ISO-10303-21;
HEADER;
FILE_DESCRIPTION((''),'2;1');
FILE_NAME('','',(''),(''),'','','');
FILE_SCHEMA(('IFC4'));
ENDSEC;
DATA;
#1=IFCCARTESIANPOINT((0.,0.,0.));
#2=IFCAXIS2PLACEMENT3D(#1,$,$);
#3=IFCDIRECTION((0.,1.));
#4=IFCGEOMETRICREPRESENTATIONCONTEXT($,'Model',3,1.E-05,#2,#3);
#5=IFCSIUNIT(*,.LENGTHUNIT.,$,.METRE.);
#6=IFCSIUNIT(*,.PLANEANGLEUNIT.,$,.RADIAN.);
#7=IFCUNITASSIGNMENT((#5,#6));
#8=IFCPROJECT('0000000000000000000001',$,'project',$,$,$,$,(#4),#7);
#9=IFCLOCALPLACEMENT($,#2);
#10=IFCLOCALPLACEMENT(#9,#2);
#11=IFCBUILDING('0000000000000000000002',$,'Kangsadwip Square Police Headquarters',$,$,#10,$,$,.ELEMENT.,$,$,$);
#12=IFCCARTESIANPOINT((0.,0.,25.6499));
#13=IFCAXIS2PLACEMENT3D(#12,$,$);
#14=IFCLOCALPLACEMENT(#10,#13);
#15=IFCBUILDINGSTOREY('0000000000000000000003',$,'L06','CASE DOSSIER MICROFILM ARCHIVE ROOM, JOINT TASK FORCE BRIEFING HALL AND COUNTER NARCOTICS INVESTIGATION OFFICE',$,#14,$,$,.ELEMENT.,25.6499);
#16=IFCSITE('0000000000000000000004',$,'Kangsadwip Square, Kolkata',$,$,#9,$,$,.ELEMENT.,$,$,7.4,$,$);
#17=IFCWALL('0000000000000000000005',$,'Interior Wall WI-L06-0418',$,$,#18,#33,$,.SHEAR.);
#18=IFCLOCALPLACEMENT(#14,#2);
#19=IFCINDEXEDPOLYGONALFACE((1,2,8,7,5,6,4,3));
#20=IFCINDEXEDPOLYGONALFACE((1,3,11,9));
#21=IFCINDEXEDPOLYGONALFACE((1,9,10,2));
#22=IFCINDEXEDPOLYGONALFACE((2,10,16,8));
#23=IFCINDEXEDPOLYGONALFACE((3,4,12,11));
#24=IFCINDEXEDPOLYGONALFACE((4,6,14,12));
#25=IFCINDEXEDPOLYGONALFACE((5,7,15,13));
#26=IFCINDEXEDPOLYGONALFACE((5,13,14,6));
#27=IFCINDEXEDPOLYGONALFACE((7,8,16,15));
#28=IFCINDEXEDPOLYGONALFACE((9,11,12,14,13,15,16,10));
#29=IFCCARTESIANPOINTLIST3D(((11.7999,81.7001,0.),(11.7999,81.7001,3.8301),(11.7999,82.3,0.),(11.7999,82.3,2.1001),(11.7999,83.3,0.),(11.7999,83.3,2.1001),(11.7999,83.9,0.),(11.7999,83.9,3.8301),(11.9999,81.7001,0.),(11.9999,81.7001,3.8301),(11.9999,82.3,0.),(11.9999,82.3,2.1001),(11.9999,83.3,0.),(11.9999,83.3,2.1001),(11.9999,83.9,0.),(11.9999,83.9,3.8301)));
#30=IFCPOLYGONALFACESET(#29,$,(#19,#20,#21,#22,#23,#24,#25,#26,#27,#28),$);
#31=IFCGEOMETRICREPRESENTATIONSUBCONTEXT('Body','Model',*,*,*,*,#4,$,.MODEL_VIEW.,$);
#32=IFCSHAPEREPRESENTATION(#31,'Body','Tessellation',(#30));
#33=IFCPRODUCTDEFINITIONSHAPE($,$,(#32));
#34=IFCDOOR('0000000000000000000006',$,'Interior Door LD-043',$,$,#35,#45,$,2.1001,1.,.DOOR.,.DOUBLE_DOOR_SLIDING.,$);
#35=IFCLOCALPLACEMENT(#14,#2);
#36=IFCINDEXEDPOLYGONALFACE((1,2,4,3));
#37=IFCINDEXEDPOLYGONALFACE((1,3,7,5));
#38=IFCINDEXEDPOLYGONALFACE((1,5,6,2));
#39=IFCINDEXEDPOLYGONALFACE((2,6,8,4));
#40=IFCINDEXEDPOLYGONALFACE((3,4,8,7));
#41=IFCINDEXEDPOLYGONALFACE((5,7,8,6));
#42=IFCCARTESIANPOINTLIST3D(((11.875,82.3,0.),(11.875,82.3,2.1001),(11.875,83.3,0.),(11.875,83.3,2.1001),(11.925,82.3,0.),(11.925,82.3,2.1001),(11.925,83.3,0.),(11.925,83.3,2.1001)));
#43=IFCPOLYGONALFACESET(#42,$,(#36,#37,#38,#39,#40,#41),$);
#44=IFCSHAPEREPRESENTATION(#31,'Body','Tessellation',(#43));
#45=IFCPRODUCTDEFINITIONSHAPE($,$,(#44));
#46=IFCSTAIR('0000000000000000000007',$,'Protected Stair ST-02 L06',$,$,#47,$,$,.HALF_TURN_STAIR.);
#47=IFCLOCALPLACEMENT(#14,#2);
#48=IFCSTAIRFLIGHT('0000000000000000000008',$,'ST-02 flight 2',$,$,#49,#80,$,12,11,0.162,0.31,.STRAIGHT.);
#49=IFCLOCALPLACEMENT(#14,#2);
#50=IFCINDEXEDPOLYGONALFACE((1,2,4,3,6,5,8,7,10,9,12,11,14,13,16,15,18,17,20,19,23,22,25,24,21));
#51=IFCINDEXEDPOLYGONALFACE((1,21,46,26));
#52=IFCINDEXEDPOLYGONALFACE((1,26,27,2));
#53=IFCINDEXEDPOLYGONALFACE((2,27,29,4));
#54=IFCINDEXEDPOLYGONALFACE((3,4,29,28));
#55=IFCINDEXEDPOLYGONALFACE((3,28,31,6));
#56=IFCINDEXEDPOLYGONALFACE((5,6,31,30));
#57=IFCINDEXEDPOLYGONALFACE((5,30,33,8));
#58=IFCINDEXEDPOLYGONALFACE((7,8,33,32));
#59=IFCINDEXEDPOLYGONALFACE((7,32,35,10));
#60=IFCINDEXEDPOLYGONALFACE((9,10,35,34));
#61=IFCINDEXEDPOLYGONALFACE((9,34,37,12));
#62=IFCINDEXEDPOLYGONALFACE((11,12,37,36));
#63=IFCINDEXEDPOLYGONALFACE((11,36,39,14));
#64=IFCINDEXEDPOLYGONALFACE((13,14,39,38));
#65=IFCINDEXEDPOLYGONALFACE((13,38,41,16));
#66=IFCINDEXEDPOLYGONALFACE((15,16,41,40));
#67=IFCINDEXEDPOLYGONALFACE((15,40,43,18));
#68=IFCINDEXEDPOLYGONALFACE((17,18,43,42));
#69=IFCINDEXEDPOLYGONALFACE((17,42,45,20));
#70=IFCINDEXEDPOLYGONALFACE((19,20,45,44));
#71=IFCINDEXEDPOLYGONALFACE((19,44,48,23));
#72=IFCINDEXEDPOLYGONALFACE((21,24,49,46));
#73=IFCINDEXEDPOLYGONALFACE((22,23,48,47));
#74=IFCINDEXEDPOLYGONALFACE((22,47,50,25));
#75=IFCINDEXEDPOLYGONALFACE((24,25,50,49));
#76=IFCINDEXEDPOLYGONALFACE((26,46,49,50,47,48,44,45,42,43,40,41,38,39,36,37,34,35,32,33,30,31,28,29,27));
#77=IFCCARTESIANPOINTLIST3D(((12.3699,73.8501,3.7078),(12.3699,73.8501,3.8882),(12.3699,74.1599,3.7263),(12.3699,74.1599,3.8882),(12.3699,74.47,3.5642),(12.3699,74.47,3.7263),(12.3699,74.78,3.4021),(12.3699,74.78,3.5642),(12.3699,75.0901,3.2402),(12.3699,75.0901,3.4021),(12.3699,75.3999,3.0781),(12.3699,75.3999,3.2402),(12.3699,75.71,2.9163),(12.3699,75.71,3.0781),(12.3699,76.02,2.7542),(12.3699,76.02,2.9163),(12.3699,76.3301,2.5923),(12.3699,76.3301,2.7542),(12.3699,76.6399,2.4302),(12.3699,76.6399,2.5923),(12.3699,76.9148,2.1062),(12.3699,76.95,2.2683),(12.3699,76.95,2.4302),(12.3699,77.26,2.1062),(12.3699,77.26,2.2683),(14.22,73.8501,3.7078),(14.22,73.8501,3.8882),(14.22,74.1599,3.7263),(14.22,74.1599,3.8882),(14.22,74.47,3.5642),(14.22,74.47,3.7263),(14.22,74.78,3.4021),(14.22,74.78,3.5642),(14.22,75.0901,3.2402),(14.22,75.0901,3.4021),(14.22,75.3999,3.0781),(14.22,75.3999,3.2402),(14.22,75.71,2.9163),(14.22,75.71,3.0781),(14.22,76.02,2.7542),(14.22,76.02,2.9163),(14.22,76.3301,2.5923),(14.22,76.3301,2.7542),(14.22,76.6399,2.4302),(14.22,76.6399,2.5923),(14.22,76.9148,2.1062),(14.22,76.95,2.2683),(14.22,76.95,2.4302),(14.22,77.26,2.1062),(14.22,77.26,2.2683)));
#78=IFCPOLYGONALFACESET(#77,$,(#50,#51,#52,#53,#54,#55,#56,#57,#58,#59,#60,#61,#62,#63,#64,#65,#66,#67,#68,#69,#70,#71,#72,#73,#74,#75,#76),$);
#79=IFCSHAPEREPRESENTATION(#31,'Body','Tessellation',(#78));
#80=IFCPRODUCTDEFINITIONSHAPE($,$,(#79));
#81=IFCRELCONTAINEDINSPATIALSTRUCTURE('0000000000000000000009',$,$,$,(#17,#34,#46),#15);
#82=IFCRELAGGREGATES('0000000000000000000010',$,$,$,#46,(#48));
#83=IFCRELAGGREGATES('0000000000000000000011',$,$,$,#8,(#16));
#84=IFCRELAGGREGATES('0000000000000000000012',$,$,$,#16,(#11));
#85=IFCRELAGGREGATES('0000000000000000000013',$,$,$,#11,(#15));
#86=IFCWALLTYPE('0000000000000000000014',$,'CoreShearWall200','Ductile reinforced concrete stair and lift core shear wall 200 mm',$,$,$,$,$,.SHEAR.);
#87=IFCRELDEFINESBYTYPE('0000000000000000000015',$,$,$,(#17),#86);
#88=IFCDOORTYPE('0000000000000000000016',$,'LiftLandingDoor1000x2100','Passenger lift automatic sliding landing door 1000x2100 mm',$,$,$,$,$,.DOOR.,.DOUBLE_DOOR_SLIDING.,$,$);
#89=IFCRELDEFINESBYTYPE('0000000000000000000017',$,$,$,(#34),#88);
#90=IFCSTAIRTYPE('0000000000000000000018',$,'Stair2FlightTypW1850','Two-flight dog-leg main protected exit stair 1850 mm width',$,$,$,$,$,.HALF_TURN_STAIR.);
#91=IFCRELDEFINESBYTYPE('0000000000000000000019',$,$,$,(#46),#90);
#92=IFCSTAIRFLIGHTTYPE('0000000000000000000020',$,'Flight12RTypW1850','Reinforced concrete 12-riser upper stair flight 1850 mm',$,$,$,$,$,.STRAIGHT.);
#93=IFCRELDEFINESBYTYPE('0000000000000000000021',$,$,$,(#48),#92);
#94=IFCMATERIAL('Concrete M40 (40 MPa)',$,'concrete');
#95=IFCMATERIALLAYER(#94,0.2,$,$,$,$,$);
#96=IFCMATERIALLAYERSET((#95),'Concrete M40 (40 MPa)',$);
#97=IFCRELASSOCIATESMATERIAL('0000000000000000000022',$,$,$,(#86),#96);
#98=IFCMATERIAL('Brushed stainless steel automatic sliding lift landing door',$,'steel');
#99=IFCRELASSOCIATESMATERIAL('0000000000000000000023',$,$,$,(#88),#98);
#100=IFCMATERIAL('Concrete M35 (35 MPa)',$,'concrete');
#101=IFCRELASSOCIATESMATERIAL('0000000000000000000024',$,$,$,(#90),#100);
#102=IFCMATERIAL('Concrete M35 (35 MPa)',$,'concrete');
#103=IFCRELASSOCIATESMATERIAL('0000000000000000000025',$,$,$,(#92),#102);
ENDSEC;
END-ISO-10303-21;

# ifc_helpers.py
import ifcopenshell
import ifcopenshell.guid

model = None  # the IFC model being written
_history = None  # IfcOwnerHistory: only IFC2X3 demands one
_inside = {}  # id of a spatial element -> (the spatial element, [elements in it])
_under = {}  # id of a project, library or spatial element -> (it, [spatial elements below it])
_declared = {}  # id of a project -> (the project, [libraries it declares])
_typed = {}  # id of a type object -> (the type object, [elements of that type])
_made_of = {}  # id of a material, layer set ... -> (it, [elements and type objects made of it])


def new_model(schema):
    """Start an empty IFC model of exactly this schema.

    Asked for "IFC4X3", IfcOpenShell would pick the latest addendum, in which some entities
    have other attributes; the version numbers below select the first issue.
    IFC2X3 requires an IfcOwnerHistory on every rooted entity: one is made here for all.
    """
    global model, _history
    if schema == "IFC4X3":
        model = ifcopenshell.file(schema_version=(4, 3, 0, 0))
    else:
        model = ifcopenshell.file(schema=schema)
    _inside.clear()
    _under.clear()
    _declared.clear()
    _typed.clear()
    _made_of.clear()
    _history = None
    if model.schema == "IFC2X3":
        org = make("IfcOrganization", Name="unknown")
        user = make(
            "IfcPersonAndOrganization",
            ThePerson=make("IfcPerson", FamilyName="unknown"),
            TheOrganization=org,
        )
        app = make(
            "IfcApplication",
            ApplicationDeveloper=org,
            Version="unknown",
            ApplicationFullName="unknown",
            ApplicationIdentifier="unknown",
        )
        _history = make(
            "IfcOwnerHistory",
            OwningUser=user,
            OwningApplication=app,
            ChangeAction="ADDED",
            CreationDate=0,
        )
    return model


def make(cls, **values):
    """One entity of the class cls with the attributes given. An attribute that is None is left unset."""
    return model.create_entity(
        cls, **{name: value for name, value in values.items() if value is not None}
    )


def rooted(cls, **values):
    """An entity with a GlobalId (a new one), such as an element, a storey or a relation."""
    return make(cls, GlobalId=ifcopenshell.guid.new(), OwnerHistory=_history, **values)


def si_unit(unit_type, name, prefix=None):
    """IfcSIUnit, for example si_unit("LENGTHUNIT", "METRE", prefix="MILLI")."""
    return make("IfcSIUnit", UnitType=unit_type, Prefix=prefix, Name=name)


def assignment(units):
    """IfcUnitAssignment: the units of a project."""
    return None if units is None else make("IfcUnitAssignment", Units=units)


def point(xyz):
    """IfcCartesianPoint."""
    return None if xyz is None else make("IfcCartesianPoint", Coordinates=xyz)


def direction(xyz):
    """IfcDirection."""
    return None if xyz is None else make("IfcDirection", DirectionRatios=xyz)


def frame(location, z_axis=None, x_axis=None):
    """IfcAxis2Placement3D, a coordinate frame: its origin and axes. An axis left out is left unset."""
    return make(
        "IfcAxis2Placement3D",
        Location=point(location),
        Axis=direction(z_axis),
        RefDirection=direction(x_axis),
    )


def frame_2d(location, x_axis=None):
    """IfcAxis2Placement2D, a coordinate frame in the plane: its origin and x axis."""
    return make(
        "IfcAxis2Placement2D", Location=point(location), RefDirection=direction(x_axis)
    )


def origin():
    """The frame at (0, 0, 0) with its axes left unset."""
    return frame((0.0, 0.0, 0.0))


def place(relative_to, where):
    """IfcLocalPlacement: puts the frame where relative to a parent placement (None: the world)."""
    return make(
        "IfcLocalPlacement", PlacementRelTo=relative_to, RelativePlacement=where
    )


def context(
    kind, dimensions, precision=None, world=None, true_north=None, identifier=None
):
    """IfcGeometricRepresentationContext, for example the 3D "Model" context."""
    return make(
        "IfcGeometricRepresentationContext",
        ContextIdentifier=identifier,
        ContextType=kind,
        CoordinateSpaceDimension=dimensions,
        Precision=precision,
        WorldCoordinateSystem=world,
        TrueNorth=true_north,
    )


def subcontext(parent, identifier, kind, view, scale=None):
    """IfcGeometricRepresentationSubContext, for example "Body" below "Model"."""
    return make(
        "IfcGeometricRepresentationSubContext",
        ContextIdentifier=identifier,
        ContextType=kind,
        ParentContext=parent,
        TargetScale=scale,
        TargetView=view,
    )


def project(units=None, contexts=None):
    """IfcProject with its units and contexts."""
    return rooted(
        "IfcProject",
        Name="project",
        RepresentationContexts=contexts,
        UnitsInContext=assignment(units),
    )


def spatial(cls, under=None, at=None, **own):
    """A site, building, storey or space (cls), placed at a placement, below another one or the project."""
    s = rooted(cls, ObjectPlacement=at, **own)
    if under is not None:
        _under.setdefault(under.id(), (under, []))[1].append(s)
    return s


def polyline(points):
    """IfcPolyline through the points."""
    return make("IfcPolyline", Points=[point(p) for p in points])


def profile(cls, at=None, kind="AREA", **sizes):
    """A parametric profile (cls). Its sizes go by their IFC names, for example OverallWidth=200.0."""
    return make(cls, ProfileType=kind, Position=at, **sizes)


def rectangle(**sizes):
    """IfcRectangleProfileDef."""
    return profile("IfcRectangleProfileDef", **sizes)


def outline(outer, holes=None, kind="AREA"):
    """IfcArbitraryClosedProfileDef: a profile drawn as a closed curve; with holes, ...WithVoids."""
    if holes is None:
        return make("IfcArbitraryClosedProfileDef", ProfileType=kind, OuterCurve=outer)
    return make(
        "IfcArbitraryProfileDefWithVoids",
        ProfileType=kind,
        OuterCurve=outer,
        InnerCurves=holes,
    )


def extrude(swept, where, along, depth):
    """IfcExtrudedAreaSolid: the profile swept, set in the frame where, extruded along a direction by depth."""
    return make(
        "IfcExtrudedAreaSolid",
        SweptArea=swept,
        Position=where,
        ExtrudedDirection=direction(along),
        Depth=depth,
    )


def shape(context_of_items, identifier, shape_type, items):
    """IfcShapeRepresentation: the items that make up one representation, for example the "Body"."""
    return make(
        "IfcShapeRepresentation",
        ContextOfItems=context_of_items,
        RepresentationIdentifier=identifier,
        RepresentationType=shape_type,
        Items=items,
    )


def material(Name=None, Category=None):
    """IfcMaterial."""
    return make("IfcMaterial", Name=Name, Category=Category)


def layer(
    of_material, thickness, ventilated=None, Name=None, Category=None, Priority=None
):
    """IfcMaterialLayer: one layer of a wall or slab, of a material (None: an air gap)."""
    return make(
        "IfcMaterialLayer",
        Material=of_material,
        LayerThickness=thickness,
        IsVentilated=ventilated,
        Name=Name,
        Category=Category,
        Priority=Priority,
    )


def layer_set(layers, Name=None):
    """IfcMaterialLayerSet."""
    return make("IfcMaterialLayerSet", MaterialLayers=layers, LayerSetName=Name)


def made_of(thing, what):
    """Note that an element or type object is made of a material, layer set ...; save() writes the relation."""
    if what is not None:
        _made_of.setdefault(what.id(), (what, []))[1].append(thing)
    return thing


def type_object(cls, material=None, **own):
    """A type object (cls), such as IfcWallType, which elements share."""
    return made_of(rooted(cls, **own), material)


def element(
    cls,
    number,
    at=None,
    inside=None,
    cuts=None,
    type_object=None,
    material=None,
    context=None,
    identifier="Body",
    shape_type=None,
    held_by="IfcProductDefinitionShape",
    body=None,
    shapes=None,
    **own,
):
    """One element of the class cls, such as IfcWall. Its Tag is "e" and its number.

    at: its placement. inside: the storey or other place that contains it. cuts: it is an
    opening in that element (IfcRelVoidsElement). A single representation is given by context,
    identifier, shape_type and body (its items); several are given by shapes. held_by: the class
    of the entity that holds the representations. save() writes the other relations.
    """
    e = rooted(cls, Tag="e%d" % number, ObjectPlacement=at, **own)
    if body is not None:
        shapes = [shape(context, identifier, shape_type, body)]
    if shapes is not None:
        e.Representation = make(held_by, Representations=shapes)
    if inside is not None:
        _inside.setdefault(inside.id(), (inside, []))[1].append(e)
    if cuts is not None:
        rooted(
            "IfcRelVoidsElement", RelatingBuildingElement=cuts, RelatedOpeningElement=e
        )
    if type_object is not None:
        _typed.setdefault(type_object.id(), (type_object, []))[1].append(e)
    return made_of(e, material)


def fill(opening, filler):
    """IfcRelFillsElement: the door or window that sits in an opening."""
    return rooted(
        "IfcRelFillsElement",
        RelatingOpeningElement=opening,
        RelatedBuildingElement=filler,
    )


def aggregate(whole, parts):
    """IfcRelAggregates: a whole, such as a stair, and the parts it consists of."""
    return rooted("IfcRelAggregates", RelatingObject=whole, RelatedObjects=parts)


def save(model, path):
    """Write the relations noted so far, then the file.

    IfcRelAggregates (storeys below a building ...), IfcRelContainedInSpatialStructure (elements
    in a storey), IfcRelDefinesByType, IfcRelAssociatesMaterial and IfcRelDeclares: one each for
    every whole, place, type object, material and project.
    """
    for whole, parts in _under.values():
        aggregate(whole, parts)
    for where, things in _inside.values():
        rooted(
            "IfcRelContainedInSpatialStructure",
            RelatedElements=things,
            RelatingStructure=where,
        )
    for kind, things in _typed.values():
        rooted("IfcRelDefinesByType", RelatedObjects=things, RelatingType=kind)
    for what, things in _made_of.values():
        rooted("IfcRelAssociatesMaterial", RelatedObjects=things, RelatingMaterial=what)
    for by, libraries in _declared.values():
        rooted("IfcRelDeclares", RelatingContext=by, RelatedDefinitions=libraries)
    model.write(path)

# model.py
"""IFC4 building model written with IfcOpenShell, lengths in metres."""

from ifc_helpers import new_model, si_unit, direction, frame, frame_2d, origin, place, context, subcontext, project, spatial, polyline, rectangle, outline, extrude, material, layer, layer_set, type_object, element, fill, aggregate, save


model = new_model("IFC4")

# Units and contexts
model_context = context("Model", 3, precision=1e-05, world=origin(), true_north=direction((0.0, 1.0)))
body_context = subcontext(model_context, "Body", "Model", "MODEL_VIEW")
ifc_project = project(units=[si_unit("LENGTHUNIT", "METRE"), si_unit("PLANEANGLEUNIT", "RADIAN")], contexts=[model_context])

# Site, building, storey
site_placement = place(None, origin())
site = spatial("IfcSite", under=ifc_project, at=site_placement, Name="Kangsadwip Square, Kolkata", CompositionType="ELEMENT", RefElevation=7.4)
building_placement = place(site_placement, origin())
building = spatial("IfcBuilding", under=site, at=building_placement, Name="Kangsadwip Square Police Headquarters", CompositionType="ELEMENT")
storey_placement = place(building_placement, frame((0.0, 0.0, 25.6499)))
storey = spatial("IfcBuildingStorey", under=building, at=storey_placement, Name="L06", Description="CASE DOSSIER MICROFILM ARCHIVE ROOM, JOINT TASK FORCE BRIEFING HALL AND COUNTER NARCOTICS INVESTIGATION OFFICE", CompositionType="ELEMENT", Elevation=25.6499)

# Shared definitions
ifc_material_1 = material(Name="Concrete M40 (40 MPa)", Category="concrete")
ifc_layer_1 = layer(ifc_material_1, 0.2)
ifc_layer_set_1 = layer_set([ifc_layer_1], Name="Concrete M40 (40 MPa)")
wall_type_1 = type_object("IfcWallType", Name="CoreShearWall200", Description="Ductile reinforced concrete stair and lift core shear wall 200 mm", PredefinedType="SHEAR", material=ifc_layer_set_1)

# Wall, opening, door
wall_1_placement = place(storey_placement, frame((11.8999, 81.7, 0.0), z_axis=(0.0, 0.0, 1.0), x_axis=(0.0, 1.0, 0.0)))
wall_1 = element("IfcWall", 1, at=wall_1_placement, inside=storey, type_object=wall_type_1, Name="Interior Wall WI-L06-0418", PredefinedType="SHEAR", context=body_context, shape_type="SweptSolid", body=[
    extrude(rectangle(XDim=2.2, YDim=0.2, at=frame_2d((1.1001, 0.0))), origin(), (0.0, 0.0, 1.0), 3.8301),
])
opening_1_placement = place(wall_1_placement, frame((0.6001, 0.0, 0.0)))
opening_1 = element("IfcOpeningElement", 2, at=opening_1_placement, cuts=wall_1, PredefinedType="OPENING", context=body_context, shape_type="SweptSolid", body=[
    extrude(rectangle(XDim=1.0, YDim=2.1001, at=frame_2d((0.5, 1.05))), frame((0.0, 0.1099, 0.0), z_axis=(0.0, -1.0, 0.0), x_axis=(1.0, 0.0, 0.0)), (0.0, 0.0, 1.0), 0.22),
])
ifc_material_2 = material(Name="Brushed stainless steel automatic sliding lift landing door", Category="steel")
door_type = type_object("IfcDoorType", Name="LiftLandingDoor1000x2100", Description="Passenger lift automatic sliding landing door 1000x2100 mm", OperationType="DOUBLE_DOOR_SLIDING", PredefinedType="DOOR", material=ifc_material_2)
door_placement = place(opening_1_placement, origin())
door = element("IfcDoor", 3, at=door_placement, inside=storey, type_object=door_type, Name="Interior Door LD-043", OperationType="DOUBLE_DOOR_SLIDING", OverallHeight=2.1001, OverallWidth=1.0, PredefinedType="DOOR", context=body_context, shape_type="SweptSolid", body=[
    extrude(rectangle(XDim=1.0, YDim=2.1001, at=frame_2d((0.5, 1.05))), frame((0.0, 0.0249, 0.0), z_axis=(0.0, -1.0, 0.0), x_axis=(1.0, 0.0, 0.0)), (0.0, 0.0, 1.0), 0.05),
])
fill(opening_1, door)

# Stair, stair flight
ifc_material_3 = material(Name="Concrete M35 (35 MPa)", Category="concrete")
stair_type = type_object("IfcStairType", Name="Stair2FlightTypW1850", Description="Two-flight dog-leg main protected exit stair 1850 mm width", PredefinedType="HALF_TURN_STAIR", material=ifc_material_3)
stair_placement = place(storey_placement, origin())
stair = element("IfcStair", 4, at=stair_placement, inside=storey, type_object=stair_type, Name="Protected Stair ST-02 L06", PredefinedType="HALF_TURN_STAIR")
ifc_material_4 = material(Name="Concrete M35 (35 MPa)", Category="concrete")
stair_flight_type = type_object("IfcStairFlightType", Name="Flight12RTypW1850", Description="Reinforced concrete 12-riser upper stair flight 1850 mm", PredefinedType="STRAIGHT", material=ifc_material_4)
stair_flight_placement = place(storey_placement, frame((13.2949, 77.26, 2.1062), z_axis=(0.0, 0.0, 1.0), x_axis=(0.0, -1.0, 0.0)))
stair_flight = element("IfcStairFlight", 5, at=stair_flight_placement, type_object=stair_flight_type, Name="ST-02 flight 2", NumberOfRisers=12, NumberOfTreads=11, PredefinedType="STRAIGHT", RiserHeight=0.162, TreadLength=0.31, context=body_context, shape_type="SweptSolid", body=[
    extrude(outline(polyline([(0.0, 0.0), (0.0, 0.1621), (0.3101, 0.1621), (0.3101, 0.324), (0.6201, 0.324), (0.6201, 0.4861), (0.9299, 0.4861), (0.9299, 0.6479), (1.24, 0.6479), (1.24, 0.8101), (1.55, 0.8101), (1.55, 0.9719), (1.8601, 0.9719), (1.8601, 1.134), (2.1699, 1.134), (2.1699, 1.2959), (2.48, 1.2959), (2.48, 1.458), (2.79, 1.458), (2.79, 1.6201), (3.1001, 1.6201), (3.1001, 1.782), (3.4099, 1.782), (3.4099, 1.9441), (3.4099, 1.6016), (0.3452, 0.0), (0.0, 0.0)])), frame((0.0, 0.925, 0.0), z_axis=(0.0, -1.0, 0.0), x_axis=(1.0, 0.0, 0.0)), (0.0, 0.0, 1.0), 1.8501),
])
aggregate(stair, [stair_flight])

save(model, "model.ifc")
